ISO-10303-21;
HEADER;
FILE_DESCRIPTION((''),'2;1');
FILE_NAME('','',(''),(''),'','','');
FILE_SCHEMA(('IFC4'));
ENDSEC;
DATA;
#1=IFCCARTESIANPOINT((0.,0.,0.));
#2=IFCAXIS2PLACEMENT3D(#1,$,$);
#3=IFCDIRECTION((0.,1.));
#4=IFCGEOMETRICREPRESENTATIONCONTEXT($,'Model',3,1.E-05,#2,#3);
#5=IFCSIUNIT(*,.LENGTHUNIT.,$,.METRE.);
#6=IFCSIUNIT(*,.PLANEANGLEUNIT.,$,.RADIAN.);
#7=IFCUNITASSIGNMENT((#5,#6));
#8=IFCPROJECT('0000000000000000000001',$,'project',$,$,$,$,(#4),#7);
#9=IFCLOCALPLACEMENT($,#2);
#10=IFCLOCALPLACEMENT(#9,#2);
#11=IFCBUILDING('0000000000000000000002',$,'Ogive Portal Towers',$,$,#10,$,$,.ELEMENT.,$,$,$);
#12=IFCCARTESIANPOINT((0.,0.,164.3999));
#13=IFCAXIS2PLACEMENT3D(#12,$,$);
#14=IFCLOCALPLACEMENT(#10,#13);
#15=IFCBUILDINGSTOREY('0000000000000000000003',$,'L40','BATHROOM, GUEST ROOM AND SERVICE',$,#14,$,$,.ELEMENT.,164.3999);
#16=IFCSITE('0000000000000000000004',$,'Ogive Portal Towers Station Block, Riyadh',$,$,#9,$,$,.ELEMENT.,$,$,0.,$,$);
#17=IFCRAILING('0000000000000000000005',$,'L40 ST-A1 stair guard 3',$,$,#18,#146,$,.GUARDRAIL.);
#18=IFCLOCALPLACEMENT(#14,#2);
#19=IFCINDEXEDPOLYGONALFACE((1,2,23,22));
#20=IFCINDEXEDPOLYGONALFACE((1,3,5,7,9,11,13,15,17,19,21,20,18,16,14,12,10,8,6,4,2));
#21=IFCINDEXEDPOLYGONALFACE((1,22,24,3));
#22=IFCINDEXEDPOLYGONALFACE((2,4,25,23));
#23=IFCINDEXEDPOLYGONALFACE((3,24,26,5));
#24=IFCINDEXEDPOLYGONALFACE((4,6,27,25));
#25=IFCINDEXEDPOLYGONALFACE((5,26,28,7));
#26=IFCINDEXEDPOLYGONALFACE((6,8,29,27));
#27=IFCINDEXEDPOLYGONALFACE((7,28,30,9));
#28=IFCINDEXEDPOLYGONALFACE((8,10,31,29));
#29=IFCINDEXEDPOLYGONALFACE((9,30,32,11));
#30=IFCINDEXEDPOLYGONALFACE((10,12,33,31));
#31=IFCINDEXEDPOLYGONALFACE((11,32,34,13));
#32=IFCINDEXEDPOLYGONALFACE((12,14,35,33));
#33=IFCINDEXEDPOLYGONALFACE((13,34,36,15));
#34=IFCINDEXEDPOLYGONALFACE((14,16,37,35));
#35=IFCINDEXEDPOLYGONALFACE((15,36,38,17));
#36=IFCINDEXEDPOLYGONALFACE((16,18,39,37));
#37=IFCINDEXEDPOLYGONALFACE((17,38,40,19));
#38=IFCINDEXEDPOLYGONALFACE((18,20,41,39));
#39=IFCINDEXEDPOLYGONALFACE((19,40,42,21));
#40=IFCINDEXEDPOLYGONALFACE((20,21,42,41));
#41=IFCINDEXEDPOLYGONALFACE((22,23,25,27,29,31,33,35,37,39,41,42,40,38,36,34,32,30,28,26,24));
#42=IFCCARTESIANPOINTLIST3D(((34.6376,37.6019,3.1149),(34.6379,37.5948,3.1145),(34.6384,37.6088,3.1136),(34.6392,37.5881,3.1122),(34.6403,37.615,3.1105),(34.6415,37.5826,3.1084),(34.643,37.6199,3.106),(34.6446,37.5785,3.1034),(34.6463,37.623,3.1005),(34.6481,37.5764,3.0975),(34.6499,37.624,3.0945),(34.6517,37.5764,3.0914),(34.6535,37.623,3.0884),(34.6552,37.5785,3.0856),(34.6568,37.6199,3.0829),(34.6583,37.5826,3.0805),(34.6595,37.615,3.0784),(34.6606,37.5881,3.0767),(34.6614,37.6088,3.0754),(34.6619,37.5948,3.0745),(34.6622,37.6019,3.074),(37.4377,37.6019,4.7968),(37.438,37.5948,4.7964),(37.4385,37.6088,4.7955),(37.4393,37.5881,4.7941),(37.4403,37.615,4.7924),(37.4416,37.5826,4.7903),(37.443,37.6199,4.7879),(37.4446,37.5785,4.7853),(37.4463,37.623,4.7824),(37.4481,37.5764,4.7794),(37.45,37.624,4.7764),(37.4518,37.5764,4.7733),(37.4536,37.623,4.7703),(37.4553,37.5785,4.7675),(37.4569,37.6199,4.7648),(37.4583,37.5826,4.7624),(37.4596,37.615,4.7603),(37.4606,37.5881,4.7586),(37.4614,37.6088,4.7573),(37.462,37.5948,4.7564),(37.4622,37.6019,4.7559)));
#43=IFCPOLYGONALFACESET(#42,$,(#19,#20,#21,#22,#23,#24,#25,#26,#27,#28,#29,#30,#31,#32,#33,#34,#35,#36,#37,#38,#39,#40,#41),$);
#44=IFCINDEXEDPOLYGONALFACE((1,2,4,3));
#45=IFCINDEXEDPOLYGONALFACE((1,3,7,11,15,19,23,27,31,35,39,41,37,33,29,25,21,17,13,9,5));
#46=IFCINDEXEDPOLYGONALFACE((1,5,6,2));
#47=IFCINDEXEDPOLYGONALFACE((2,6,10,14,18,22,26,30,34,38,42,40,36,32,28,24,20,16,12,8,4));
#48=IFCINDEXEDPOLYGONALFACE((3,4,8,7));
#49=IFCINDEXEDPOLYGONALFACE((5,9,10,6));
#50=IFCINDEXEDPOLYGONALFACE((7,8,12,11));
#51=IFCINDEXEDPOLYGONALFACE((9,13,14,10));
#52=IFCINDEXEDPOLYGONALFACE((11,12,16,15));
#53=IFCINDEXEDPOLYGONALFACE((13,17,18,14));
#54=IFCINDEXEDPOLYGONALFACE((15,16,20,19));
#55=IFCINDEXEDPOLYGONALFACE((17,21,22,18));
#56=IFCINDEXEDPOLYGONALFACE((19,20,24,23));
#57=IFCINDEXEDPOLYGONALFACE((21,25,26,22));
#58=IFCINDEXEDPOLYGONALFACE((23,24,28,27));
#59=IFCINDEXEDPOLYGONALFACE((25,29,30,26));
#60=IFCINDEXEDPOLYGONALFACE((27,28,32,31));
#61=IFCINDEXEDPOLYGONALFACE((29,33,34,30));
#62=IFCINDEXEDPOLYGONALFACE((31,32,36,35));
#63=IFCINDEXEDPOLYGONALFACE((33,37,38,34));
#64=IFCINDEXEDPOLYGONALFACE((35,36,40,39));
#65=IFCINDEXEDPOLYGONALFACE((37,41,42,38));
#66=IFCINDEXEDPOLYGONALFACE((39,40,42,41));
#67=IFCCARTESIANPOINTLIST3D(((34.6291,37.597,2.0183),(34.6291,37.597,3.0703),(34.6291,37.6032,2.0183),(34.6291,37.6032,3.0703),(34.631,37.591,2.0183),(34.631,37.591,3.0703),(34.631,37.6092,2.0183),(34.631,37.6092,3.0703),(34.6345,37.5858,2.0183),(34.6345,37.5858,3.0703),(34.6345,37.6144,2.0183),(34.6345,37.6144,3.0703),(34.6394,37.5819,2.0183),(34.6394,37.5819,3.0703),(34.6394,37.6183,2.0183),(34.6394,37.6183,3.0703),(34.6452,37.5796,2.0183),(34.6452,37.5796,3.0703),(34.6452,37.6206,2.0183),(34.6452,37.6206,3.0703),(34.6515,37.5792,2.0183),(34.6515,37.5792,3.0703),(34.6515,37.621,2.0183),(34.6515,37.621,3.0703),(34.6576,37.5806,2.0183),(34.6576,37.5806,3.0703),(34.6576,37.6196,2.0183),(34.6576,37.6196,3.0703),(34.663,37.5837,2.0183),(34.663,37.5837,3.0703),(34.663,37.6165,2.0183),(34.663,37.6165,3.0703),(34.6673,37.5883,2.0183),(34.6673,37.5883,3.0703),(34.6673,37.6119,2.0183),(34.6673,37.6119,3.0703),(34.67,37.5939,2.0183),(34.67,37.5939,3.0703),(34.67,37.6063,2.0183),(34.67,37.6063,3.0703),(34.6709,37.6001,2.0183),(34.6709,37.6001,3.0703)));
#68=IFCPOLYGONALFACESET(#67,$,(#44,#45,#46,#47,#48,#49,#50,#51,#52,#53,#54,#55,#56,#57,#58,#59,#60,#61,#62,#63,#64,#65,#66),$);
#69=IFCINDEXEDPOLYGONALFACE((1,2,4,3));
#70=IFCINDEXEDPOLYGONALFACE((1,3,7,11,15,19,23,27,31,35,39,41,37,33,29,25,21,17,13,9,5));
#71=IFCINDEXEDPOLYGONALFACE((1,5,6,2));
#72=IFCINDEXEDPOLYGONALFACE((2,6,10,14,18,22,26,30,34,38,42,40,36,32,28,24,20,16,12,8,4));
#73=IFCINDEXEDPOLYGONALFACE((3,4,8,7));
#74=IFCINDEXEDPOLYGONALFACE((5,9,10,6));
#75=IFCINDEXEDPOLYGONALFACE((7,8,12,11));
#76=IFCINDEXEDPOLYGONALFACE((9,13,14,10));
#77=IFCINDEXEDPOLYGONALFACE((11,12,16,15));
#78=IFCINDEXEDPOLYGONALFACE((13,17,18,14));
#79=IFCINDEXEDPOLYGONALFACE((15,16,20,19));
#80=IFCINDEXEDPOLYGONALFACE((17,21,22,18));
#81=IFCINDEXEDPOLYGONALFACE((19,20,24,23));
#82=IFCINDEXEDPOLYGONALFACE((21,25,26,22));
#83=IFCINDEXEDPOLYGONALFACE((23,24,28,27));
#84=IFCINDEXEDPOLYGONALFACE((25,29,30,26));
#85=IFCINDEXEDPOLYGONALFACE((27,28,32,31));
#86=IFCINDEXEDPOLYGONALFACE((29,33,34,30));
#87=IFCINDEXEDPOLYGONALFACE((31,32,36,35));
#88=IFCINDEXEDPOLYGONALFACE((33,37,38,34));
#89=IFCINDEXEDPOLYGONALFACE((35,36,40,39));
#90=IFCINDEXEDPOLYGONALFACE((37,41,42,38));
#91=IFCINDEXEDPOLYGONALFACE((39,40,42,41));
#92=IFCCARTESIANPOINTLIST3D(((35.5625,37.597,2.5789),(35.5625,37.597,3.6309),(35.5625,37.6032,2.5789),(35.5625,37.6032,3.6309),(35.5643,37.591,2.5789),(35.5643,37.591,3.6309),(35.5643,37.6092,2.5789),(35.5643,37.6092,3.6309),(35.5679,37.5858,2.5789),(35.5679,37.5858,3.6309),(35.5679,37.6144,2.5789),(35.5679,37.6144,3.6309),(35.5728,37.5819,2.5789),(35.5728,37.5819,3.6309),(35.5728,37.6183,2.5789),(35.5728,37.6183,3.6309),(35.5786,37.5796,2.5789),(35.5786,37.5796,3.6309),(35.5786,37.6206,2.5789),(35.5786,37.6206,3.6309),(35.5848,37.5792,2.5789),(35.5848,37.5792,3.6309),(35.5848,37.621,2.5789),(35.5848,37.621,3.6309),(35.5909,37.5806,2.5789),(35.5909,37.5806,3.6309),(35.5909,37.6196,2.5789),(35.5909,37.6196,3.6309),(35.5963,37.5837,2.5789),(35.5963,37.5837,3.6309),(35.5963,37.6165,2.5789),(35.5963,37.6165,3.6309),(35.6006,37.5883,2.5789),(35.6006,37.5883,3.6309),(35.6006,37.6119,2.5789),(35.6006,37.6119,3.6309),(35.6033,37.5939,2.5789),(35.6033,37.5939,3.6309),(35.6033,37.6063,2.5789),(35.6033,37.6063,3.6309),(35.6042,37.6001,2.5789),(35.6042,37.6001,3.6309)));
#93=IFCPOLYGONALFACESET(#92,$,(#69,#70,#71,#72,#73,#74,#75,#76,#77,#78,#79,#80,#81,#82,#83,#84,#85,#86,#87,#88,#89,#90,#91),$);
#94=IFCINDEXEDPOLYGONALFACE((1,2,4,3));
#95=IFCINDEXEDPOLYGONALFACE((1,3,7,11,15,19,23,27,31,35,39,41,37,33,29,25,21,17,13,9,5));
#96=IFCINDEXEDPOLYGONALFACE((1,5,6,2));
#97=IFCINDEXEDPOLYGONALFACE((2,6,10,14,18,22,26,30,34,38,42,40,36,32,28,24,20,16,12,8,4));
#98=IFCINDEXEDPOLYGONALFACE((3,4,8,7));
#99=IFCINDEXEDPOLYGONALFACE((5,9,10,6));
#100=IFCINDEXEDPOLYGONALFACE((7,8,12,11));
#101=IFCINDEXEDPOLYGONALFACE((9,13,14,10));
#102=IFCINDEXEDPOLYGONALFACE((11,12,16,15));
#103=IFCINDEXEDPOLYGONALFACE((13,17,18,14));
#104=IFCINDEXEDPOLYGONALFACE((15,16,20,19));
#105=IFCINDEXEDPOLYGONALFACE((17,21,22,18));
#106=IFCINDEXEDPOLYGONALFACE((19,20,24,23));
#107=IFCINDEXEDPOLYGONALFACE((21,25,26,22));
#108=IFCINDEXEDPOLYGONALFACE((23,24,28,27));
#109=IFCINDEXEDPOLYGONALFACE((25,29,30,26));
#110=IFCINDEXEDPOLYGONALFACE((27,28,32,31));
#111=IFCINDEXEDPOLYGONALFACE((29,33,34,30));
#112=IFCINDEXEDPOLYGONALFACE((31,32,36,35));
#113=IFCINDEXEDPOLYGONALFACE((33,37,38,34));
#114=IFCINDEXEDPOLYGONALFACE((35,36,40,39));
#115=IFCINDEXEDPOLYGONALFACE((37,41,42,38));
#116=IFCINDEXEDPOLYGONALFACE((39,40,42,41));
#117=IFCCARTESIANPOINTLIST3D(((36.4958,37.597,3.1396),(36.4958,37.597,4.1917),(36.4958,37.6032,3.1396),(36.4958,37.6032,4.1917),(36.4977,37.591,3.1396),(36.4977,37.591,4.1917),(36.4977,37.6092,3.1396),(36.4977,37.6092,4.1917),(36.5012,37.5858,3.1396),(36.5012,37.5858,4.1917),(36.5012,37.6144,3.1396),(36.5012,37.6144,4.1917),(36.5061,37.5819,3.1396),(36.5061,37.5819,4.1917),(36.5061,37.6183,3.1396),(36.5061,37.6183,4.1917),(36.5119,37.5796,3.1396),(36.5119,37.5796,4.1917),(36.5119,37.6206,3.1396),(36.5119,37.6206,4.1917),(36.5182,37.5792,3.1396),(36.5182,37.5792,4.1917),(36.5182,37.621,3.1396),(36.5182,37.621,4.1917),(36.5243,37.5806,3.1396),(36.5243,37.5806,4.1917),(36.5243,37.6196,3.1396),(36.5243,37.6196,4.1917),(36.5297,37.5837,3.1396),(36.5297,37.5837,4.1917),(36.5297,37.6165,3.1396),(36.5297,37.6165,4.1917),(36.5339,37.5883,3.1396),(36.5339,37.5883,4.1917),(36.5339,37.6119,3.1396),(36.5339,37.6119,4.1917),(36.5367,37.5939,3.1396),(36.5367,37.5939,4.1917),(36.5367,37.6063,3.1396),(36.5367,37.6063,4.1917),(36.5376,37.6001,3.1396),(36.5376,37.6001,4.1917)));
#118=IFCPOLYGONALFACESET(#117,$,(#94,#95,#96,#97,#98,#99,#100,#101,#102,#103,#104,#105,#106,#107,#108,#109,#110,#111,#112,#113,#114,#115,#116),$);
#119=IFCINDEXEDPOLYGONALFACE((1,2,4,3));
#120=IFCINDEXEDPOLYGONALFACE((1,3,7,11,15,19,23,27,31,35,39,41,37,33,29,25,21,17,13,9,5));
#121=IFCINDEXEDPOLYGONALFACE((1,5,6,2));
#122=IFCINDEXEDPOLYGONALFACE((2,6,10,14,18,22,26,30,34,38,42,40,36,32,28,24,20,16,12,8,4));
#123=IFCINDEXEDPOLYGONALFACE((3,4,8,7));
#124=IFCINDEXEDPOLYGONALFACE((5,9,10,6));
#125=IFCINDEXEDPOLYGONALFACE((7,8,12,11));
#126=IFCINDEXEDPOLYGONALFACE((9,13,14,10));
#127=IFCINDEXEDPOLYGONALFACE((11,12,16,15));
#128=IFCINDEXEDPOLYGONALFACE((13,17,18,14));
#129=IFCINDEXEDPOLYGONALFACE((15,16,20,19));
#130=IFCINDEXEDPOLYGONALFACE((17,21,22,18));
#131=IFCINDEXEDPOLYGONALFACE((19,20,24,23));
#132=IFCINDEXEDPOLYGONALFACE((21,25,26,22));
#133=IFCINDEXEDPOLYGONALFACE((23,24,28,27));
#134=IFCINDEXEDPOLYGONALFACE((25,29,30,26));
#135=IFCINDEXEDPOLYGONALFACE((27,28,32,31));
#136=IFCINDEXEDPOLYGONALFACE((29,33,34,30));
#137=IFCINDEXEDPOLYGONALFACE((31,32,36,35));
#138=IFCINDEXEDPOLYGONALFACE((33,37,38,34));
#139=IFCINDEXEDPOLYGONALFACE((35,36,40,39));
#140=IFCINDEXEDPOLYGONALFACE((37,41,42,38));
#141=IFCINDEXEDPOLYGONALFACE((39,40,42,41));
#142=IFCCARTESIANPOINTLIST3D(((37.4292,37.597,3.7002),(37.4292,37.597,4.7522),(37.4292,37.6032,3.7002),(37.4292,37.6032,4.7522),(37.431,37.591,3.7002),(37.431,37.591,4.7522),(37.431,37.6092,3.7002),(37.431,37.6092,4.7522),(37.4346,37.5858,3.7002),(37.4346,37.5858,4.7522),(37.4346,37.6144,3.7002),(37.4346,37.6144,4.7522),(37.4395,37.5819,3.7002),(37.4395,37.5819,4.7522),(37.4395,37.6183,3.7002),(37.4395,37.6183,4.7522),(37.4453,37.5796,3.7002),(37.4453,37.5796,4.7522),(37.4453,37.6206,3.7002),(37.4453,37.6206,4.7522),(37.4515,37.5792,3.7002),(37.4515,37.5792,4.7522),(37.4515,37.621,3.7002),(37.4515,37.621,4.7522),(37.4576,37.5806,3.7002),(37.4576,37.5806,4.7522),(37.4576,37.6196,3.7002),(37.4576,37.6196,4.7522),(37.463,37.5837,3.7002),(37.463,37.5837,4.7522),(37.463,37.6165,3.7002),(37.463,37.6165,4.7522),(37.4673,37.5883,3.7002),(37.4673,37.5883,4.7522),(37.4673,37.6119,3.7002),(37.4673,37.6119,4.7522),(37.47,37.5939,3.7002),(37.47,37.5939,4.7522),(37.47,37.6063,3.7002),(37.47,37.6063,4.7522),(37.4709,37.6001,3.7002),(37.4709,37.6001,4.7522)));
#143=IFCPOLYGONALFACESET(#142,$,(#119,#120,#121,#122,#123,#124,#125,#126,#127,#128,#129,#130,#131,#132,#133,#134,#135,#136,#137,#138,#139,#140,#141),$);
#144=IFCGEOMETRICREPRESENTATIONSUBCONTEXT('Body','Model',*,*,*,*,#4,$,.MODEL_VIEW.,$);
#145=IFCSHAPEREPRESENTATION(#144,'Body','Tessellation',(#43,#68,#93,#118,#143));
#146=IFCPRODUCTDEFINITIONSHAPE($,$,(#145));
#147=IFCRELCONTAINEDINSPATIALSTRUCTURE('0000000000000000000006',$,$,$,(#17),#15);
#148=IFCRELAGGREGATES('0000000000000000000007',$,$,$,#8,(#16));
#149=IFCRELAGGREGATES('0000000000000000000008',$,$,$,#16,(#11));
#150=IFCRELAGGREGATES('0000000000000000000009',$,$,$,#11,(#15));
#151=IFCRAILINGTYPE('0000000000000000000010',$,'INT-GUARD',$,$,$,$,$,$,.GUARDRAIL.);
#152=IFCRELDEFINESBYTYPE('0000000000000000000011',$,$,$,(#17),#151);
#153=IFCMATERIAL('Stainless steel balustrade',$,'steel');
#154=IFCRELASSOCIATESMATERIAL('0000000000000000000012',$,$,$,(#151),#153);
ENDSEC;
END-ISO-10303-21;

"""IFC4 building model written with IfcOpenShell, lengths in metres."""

from ifc_helpers import new_model, si_unit, direction, frame, origin, origin_2d, place, context, subcontext, project, spatial, circle, extrude, material, type_object, element, save


model = new_model("IFC4")

# Units and contexts
model_context = context("Model", 3, precision=1e-05, world=origin(), true_north=direction((0.0, 1.0)))
body_context = subcontext(model_context, "Body", "Model", "MODEL_VIEW")
ifc_project = project(units=[si_unit("LENGTHUNIT", "METRE"), si_unit("PLANEANGLEUNIT", "RADIAN")], contexts=[model_context])

# Site, building, storey
site_placement = place(None, origin())
site = spatial("IfcSite", under=ifc_project, at=site_placement, Name="Ogive Portal Towers Station Block, Riyadh", CompositionType="ELEMENT", RefElevation=0.0)
building_placement = place(site_placement, origin())
building = spatial("IfcBuilding", under=site, at=building_placement, Name="Ogive Portal Towers", CompositionType="ELEMENT")
storey_placement = place(building_placement, frame((0.0, 0.0, 164.3999)))
storey = spatial("IfcBuildingStorey", under=building, at=storey_placement, Name="L40", Description="BATHROOM, GUEST ROOM AND SERVICE", CompositionType="ELEMENT", Elevation=164.3999)

# Railing
ifc_material_1 = material(Name="Stainless steel balustrade", Category="steel")
railing_type_1 = type_object("IfcRailingType", Name="INT-GUARD", PredefinedType="GUARDRAIL", material=ifc_material_1)
railing_1_placement = place(storey_placement, frame((34.6499, 37.6001, 2.0183)))
element("IfcRailing", 1, at=railing_1_placement, inside=storey, type_object=railing_type_1, Name="L40 ST-A1 stair guard 3", PredefinedType="GUARDRAIL", context=body_context, shape_type="SweptSolid", body=[
    extrude(circle(Radius=0.0239, at=origin_2d()), frame((0.0, 0.0, 1.0762), z_axis=(0.857242, 0.0, 0.514913), x_axis=(0.0, 1.0, 0.0)), (0.0, 0.0, 1.0), 3.2664),
    extrude(circle(Radius=0.021, at=origin_2d()), origin(), (0.0, 0.0, 1.0), 1.052),
    extrude(circle(Radius=0.021, at=origin_2d()), frame((0.9333, 0.0, 0.5605)), (0.0, 0.0, 1.0), 1.052),
    extrude(circle(Radius=0.021, at=origin_2d()), frame((1.8667, 0.0, 1.1213)), (0.0, 0.0, 1.0), 1.052),
    extrude(circle(Radius=0.021, at=origin_2d()), frame((2.8, 0.0, 1.6819)), (0.0, 0.0, 1.0), 1.052),
])

save(model, "model.ifc")
